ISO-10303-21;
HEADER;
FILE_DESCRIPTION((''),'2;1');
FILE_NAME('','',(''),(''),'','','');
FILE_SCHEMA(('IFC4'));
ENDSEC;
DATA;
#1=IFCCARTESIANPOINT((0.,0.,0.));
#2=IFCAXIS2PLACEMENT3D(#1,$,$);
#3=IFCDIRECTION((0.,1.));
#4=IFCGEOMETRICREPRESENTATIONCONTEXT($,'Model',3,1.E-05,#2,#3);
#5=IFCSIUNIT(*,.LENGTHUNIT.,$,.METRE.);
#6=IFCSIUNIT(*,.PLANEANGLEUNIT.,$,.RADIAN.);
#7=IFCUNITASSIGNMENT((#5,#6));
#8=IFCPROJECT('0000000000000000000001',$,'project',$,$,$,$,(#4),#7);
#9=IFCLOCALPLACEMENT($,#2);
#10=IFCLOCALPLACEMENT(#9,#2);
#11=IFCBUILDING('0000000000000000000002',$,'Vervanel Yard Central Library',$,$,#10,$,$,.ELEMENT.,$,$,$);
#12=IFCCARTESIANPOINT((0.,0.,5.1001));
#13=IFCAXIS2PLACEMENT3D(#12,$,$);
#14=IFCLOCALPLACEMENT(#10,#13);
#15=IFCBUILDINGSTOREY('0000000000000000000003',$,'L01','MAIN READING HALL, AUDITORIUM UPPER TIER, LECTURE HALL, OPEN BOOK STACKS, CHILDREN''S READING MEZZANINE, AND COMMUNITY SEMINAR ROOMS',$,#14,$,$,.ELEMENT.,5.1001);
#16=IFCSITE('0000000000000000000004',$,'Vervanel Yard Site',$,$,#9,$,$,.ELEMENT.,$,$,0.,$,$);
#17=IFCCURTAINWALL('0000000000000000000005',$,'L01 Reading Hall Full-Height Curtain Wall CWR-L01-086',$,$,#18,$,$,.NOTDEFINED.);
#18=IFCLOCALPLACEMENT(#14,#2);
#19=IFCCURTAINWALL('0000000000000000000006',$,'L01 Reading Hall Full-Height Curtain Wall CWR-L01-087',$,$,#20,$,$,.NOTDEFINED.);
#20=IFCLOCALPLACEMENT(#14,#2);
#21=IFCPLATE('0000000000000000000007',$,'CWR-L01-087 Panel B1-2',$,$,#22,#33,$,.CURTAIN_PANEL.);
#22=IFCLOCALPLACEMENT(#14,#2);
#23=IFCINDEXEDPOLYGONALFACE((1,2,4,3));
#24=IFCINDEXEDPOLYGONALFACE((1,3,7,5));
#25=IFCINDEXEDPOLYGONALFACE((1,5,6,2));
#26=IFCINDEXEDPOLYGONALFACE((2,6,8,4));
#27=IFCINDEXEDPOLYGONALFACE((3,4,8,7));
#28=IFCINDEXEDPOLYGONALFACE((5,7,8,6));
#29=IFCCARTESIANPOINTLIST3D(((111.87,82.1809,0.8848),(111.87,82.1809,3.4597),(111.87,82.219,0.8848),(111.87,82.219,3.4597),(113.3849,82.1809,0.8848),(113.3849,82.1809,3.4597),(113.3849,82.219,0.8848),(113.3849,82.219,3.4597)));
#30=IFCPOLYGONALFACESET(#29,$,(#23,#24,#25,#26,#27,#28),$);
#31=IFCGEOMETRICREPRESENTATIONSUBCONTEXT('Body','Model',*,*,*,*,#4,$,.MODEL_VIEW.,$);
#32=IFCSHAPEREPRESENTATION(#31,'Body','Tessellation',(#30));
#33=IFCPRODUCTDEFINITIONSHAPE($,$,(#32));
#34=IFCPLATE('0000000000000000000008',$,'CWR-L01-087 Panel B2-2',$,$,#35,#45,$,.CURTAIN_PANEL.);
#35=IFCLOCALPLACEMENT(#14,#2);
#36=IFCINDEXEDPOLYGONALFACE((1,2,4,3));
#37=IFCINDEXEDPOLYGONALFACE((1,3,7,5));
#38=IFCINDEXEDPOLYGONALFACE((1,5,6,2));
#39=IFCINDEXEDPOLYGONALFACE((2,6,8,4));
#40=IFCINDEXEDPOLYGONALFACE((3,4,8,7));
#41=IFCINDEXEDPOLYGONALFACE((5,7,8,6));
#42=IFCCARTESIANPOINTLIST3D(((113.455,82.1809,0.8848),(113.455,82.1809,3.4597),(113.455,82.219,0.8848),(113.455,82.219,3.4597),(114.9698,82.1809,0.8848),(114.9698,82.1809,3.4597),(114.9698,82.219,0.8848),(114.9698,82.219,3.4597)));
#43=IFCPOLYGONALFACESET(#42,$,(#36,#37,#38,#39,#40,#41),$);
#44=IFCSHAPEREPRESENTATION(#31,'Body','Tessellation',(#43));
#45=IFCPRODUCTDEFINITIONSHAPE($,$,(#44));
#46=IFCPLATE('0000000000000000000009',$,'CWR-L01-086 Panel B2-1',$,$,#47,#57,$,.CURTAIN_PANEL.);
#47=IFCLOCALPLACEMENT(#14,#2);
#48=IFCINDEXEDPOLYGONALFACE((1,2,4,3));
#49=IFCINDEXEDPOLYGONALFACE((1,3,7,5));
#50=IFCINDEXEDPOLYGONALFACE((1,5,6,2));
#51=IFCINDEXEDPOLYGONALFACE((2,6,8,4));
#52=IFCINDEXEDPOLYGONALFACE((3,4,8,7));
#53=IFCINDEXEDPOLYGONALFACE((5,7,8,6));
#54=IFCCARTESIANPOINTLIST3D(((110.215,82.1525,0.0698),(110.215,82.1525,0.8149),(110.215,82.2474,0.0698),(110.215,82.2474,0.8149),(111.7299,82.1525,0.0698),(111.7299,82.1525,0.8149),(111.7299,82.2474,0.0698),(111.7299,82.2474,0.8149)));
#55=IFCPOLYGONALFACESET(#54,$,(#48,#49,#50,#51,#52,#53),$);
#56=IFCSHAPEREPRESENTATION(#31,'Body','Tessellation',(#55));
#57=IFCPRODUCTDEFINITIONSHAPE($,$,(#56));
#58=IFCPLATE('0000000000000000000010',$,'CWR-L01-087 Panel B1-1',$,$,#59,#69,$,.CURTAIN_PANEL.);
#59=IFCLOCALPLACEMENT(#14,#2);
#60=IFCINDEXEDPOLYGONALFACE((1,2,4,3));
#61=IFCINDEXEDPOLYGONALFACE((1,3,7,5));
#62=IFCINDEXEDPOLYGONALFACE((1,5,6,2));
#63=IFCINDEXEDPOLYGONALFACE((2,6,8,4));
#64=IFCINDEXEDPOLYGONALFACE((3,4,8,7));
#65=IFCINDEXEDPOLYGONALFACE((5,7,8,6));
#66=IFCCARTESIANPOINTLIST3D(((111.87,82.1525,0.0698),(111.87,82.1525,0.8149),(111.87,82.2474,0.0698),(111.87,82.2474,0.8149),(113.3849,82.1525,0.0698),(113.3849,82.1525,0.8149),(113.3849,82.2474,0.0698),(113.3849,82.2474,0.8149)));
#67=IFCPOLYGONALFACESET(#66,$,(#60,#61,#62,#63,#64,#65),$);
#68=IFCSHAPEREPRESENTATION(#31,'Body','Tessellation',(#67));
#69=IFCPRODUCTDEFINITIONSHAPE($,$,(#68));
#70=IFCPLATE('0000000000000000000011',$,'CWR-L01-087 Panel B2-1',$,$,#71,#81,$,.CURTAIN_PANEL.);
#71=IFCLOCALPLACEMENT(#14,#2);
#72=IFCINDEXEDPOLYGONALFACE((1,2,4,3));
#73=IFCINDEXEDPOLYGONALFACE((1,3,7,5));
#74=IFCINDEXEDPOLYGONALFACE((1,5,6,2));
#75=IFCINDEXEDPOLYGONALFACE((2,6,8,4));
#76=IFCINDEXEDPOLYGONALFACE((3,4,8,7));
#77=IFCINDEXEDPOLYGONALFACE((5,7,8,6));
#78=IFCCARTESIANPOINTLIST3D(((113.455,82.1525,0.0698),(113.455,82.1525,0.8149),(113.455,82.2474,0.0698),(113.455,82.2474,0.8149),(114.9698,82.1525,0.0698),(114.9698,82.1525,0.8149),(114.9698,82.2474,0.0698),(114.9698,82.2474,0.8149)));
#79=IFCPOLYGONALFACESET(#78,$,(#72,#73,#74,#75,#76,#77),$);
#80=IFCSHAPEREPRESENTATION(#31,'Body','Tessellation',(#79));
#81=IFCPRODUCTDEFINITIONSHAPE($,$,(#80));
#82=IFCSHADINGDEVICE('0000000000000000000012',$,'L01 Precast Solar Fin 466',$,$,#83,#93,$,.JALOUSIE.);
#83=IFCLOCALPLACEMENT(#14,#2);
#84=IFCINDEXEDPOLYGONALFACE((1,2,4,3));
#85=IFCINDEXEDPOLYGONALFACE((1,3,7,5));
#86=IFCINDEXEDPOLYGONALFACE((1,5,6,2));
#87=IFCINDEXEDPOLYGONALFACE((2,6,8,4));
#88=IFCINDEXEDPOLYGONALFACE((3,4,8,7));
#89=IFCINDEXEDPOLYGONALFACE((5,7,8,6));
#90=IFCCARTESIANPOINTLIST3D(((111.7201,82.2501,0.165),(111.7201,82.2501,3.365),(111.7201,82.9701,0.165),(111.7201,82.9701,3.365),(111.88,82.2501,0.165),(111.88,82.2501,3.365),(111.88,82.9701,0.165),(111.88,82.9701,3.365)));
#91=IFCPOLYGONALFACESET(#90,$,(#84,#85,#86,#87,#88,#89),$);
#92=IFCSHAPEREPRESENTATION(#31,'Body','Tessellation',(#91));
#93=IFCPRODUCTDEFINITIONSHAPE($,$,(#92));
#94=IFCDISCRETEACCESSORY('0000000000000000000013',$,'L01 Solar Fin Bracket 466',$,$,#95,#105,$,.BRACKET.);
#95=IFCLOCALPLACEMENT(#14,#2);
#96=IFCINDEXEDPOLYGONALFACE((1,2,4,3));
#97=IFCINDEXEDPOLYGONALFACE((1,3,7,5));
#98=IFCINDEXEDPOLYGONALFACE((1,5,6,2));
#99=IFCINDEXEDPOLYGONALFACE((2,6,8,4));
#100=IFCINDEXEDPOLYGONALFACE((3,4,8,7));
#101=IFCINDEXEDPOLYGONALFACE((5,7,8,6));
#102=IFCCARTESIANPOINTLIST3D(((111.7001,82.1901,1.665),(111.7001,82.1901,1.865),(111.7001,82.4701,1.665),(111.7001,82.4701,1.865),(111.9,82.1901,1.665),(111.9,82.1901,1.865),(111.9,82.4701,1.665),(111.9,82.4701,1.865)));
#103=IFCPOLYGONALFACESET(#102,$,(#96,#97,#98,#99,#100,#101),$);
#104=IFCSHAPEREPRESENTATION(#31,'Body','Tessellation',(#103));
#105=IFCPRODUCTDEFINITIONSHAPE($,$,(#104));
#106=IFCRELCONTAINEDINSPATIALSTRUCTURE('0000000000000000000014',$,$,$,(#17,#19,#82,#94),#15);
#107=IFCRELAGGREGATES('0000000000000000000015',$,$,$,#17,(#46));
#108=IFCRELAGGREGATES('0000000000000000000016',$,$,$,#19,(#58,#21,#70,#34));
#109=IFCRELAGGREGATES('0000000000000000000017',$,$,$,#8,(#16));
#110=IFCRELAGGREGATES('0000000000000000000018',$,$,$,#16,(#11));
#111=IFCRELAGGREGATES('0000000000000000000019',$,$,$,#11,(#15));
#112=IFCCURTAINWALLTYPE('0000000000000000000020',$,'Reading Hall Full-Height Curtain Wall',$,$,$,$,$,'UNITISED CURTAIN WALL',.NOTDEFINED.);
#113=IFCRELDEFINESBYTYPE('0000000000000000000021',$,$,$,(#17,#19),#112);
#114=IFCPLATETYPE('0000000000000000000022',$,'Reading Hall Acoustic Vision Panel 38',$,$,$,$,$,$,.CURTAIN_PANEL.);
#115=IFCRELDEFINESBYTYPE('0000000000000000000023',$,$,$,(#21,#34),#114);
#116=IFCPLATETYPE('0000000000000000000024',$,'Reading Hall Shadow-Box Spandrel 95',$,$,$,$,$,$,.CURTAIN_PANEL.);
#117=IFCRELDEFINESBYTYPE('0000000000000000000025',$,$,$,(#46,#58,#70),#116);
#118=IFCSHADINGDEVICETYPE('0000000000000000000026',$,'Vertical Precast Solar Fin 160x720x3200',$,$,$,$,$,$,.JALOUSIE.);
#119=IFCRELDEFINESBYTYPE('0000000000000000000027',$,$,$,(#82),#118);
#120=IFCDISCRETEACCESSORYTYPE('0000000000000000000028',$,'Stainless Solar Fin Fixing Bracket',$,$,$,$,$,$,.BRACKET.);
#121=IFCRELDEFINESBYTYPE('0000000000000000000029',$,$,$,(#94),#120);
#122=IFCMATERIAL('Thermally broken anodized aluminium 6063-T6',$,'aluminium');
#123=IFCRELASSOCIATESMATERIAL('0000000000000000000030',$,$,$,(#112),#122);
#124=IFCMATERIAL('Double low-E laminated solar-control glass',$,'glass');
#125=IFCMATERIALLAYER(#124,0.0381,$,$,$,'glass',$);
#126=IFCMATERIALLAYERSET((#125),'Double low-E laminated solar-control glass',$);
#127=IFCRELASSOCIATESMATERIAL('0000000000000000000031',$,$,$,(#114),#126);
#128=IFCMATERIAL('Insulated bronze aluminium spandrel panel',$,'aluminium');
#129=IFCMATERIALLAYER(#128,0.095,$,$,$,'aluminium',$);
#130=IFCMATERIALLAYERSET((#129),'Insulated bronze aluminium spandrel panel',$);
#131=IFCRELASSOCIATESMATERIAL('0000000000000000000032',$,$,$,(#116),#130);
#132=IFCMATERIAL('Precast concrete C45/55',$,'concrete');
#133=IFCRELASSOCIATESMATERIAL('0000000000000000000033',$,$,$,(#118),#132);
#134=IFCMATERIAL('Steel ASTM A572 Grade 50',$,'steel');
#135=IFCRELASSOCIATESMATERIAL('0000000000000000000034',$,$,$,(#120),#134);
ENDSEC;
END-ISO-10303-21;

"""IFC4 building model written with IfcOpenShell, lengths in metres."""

from ifc_helpers import new_model, si_unit, direction, frame, origin, origin_2d, place, context, subcontext, project, spatial, rectangle, extrude, material, layer, layer_set, type_object, element, aggregate, save


model = new_model("IFC4")

# Units and contexts
model_context = context("Model", 3, precision=1e-05, world=origin(), true_north=direction((0.0, 1.0)))
body_context = subcontext(model_context, "Body", "Model", "MODEL_VIEW")
ifc_project = project(units=[si_unit("LENGTHUNIT", "METRE"), si_unit("PLANEANGLEUNIT", "RADIAN")], contexts=[model_context])

# Site, building, storey
site_placement = place(None, origin())
site = spatial("IfcSite", under=ifc_project, at=site_placement, Name="Vervanel Yard Site", CompositionType="ELEMENT", RefElevation=0.0)
building_placement = place(site_placement, origin())
building = spatial("IfcBuilding", under=site, at=building_placement, Name="Vervanel Yard Central Library", CompositionType="ELEMENT")
storey_placement = place(building_placement, frame((0.0, 0.0, 5.1001)))
storey = spatial("IfcBuildingStorey", under=building, at=storey_placement, Name="L01", Description="MAIN READING HALL, AUDITORIUM UPPER TIER, LECTURE HALL, OPEN BOOK STACKS, CHILDREN'S READING MEZZANINE, AND COMMUNITY SEMINAR ROOMS", CompositionType="ELEMENT", Elevation=5.1001)

# Curtain wall
ifc_material_1 = material(Name="Thermally broken anodized aluminium 6063-T6", Category="aluminium")
curtain_wall_type = type_object("IfcCurtainWallType", Name="Reading Hall Full-Height Curtain Wall", ElementType="UNITISED CURTAIN WALL", PredefinedType="NOTDEFINED", material=ifc_material_1)
curtain_wall_1_placement = place(storey_placement, origin())
curtain_wall_1 = element("IfcCurtainWall", 1, at=curtain_wall_1_placement, inside=storey, type_object=curtain_wall_type, Name="L01 Reading Hall Full-Height Curtain Wall CWR-L01-086", PredefinedType="NOTDEFINED")

# Curtain wall
curtain_wall_2_placement = place(storey_placement, origin())
curtain_wall_2 = element("IfcCurtainWall", 2, at=curtain_wall_2_placement, inside=storey, type_object=curtain_wall_type, Name="L01 Reading Hall Full-Height Curtain Wall CWR-L01-087", PredefinedType="NOTDEFINED")

# Plates
ifc_material_2 = material(Name="Double low-E laminated solar-control glass", Category="glass")
ifc_layer_1 = layer(ifc_material_2, 0.0381, Category="glass")
ifc_layer_set_1 = layer_set([ifc_layer_1], Name="Double low-E laminated solar-control glass")
plate_type_1 = type_object("IfcPlateType", Name="Reading Hall Acoustic Vision Panel 38", PredefinedType="CURTAIN_PANEL", material=ifc_layer_set_1)
plate_1_placement = place(storey_placement, frame((112.6274, 82.2, 0.8848), z_axis=(0.0, 0.0, 1.0), x_axis=(1.0, 0.0, 0.0)))
plate_1 = element("IfcPlate", 3, at=plate_1_placement, type_object=plate_type_1, Name="CWR-L01-087 Panel B1-2", PredefinedType="CURTAIN_PANEL", context=body_context, shape_type="SweptSolid", body=[
    extrude(rectangle(XDim=1.5149, YDim=0.0381, at=origin_2d()), origin(), (0.0, 0.0, 1.0), 2.575),
])
plate_2_placement = place(storey_placement, frame((114.2124, 82.2, 0.8848), z_axis=(0.0, 0.0, 1.0), x_axis=(1.0, 0.0, 0.0)))
plate_2 = element("IfcPlate", 4, at=plate_2_placement, type_object=plate_type_1, Name="CWR-L01-087 Panel B2-2", PredefinedType="CURTAIN_PANEL", context=body_context, shape_type="SweptSolid", body=[
    extrude(rectangle(XDim=1.5149, YDim=0.0381, at=origin_2d()), origin(), (0.0, 0.0, 1.0), 2.575),
])
ifc_material_3 = material(Name="Insulated bronze aluminium spandrel panel", Category="aluminium")
ifc_layer_2 = layer(ifc_material_3, 0.095, Category="aluminium")
ifc_layer_set_2 = layer_set([ifc_layer_2], Name="Insulated bronze aluminium spandrel panel")
plate_type_2 = type_object("IfcPlateType", Name="Reading Hall Shadow-Box Spandrel 95", PredefinedType="CURTAIN_PANEL", material=ifc_layer_set_2)
plate_3_placement = place(storey_placement, frame((110.9724, 82.2, 0.0698), z_axis=(0.0, 0.0, 1.0), x_axis=(1.0, 0.0, 0.0)))
plate_3 = element("IfcPlate", 5, at=plate_3_placement, type_object=plate_type_2, Name="CWR-L01-086 Panel B2-1", PredefinedType="CURTAIN_PANEL", context=body_context, shape_type="SweptSolid", body=[
    extrude(rectangle(XDim=1.5149, YDim=0.095, at=origin_2d()), origin(), (0.0, 0.0, 1.0), 0.7451),
])
aggregate(curtain_wall_1, [plate_3])
plate_4_placement = place(storey_placement, frame((112.6274, 82.2, 0.0698), z_axis=(0.0, 0.0, 1.0), x_axis=(1.0, 0.0, 0.0)))
plate_4 = element("IfcPlate", 6, at=plate_4_placement, type_object=plate_type_2, Name="CWR-L01-087 Panel B1-1", PredefinedType="CURTAIN_PANEL", context=body_context, shape_type="SweptSolid", body=[
    extrude(rectangle(XDim=1.5149, YDim=0.095, at=origin_2d()), origin(), (0.0, 0.0, 1.0), 0.7451),
])
plate_5_placement = place(storey_placement, frame((114.2124, 82.2, 0.0698), z_axis=(0.0, 0.0, 1.0), x_axis=(1.0, 0.0, 0.0)))
plate_5 = element("IfcPlate", 7, at=plate_5_placement, type_object=plate_type_2, Name="CWR-L01-087 Panel B2-1", PredefinedType="CURTAIN_PANEL", context=body_context, shape_type="SweptSolid", body=[
    extrude(rectangle(XDim=1.5149, YDim=0.095, at=origin_2d()), origin(), (0.0, 0.0, 1.0), 0.7451),
])
aggregate(curtain_wall_2, [plate_4, plate_1, plate_5, plate_2])

# Shading device
ifc_material_4 = material(Name="Precast concrete C45/55", Category="concrete")
shading_device_type = type_object("IfcShadingDeviceType", Name="Vertical Precast Solar Fin 160x720x3200", PredefinedType="JALOUSIE", material=ifc_material_4)
shading_device_placement = place(storey_placement, frame((111.8, 82.6101, 0.165), z_axis=(0.0, 0.0, 1.0), x_axis=(1.0, 0.0, 0.0)))
element("IfcShadingDevice", 8, at=shading_device_placement, inside=storey, type_object=shading_device_type, Name="L01 Precast Solar Fin 466", PredefinedType="JALOUSIE", context=body_context, shape_type="SweptSolid", body=[
    extrude(rectangle(XDim=0.1599, YDim=0.72, at=origin_2d()), origin(), (0.0, 0.0, 1.0), 3.2),
])

# Discrete accessory
ifc_material_5 = material(Name="Steel ASTM A572 Grade 50", Category="steel")
discrete_accessory_type = type_object("IfcDiscreteAccessoryType", Name="Stainless Solar Fin Fixing Bracket", PredefinedType="BRACKET", material=ifc_material_5)
discrete_accessory_placement = place(storey_placement, frame((111.8, 82.3301, 1.665), z_axis=(0.0, 0.0, 1.0), x_axis=(1.0, 0.0, 0.0)))
element("IfcDiscreteAccessory", 9, at=discrete_accessory_placement, inside=storey, type_object=discrete_accessory_type, Name="L01 Solar Fin Bracket 466", PredefinedType="BRACKET", context=body_context, shape_type="SweptSolid", body=[
    extrude(rectangle(XDim=0.2, YDim=0.28, at=origin_2d()), origin(), (0.0, 0.0, 1.0), 0.2),
])

save(model, "model.ifc")
